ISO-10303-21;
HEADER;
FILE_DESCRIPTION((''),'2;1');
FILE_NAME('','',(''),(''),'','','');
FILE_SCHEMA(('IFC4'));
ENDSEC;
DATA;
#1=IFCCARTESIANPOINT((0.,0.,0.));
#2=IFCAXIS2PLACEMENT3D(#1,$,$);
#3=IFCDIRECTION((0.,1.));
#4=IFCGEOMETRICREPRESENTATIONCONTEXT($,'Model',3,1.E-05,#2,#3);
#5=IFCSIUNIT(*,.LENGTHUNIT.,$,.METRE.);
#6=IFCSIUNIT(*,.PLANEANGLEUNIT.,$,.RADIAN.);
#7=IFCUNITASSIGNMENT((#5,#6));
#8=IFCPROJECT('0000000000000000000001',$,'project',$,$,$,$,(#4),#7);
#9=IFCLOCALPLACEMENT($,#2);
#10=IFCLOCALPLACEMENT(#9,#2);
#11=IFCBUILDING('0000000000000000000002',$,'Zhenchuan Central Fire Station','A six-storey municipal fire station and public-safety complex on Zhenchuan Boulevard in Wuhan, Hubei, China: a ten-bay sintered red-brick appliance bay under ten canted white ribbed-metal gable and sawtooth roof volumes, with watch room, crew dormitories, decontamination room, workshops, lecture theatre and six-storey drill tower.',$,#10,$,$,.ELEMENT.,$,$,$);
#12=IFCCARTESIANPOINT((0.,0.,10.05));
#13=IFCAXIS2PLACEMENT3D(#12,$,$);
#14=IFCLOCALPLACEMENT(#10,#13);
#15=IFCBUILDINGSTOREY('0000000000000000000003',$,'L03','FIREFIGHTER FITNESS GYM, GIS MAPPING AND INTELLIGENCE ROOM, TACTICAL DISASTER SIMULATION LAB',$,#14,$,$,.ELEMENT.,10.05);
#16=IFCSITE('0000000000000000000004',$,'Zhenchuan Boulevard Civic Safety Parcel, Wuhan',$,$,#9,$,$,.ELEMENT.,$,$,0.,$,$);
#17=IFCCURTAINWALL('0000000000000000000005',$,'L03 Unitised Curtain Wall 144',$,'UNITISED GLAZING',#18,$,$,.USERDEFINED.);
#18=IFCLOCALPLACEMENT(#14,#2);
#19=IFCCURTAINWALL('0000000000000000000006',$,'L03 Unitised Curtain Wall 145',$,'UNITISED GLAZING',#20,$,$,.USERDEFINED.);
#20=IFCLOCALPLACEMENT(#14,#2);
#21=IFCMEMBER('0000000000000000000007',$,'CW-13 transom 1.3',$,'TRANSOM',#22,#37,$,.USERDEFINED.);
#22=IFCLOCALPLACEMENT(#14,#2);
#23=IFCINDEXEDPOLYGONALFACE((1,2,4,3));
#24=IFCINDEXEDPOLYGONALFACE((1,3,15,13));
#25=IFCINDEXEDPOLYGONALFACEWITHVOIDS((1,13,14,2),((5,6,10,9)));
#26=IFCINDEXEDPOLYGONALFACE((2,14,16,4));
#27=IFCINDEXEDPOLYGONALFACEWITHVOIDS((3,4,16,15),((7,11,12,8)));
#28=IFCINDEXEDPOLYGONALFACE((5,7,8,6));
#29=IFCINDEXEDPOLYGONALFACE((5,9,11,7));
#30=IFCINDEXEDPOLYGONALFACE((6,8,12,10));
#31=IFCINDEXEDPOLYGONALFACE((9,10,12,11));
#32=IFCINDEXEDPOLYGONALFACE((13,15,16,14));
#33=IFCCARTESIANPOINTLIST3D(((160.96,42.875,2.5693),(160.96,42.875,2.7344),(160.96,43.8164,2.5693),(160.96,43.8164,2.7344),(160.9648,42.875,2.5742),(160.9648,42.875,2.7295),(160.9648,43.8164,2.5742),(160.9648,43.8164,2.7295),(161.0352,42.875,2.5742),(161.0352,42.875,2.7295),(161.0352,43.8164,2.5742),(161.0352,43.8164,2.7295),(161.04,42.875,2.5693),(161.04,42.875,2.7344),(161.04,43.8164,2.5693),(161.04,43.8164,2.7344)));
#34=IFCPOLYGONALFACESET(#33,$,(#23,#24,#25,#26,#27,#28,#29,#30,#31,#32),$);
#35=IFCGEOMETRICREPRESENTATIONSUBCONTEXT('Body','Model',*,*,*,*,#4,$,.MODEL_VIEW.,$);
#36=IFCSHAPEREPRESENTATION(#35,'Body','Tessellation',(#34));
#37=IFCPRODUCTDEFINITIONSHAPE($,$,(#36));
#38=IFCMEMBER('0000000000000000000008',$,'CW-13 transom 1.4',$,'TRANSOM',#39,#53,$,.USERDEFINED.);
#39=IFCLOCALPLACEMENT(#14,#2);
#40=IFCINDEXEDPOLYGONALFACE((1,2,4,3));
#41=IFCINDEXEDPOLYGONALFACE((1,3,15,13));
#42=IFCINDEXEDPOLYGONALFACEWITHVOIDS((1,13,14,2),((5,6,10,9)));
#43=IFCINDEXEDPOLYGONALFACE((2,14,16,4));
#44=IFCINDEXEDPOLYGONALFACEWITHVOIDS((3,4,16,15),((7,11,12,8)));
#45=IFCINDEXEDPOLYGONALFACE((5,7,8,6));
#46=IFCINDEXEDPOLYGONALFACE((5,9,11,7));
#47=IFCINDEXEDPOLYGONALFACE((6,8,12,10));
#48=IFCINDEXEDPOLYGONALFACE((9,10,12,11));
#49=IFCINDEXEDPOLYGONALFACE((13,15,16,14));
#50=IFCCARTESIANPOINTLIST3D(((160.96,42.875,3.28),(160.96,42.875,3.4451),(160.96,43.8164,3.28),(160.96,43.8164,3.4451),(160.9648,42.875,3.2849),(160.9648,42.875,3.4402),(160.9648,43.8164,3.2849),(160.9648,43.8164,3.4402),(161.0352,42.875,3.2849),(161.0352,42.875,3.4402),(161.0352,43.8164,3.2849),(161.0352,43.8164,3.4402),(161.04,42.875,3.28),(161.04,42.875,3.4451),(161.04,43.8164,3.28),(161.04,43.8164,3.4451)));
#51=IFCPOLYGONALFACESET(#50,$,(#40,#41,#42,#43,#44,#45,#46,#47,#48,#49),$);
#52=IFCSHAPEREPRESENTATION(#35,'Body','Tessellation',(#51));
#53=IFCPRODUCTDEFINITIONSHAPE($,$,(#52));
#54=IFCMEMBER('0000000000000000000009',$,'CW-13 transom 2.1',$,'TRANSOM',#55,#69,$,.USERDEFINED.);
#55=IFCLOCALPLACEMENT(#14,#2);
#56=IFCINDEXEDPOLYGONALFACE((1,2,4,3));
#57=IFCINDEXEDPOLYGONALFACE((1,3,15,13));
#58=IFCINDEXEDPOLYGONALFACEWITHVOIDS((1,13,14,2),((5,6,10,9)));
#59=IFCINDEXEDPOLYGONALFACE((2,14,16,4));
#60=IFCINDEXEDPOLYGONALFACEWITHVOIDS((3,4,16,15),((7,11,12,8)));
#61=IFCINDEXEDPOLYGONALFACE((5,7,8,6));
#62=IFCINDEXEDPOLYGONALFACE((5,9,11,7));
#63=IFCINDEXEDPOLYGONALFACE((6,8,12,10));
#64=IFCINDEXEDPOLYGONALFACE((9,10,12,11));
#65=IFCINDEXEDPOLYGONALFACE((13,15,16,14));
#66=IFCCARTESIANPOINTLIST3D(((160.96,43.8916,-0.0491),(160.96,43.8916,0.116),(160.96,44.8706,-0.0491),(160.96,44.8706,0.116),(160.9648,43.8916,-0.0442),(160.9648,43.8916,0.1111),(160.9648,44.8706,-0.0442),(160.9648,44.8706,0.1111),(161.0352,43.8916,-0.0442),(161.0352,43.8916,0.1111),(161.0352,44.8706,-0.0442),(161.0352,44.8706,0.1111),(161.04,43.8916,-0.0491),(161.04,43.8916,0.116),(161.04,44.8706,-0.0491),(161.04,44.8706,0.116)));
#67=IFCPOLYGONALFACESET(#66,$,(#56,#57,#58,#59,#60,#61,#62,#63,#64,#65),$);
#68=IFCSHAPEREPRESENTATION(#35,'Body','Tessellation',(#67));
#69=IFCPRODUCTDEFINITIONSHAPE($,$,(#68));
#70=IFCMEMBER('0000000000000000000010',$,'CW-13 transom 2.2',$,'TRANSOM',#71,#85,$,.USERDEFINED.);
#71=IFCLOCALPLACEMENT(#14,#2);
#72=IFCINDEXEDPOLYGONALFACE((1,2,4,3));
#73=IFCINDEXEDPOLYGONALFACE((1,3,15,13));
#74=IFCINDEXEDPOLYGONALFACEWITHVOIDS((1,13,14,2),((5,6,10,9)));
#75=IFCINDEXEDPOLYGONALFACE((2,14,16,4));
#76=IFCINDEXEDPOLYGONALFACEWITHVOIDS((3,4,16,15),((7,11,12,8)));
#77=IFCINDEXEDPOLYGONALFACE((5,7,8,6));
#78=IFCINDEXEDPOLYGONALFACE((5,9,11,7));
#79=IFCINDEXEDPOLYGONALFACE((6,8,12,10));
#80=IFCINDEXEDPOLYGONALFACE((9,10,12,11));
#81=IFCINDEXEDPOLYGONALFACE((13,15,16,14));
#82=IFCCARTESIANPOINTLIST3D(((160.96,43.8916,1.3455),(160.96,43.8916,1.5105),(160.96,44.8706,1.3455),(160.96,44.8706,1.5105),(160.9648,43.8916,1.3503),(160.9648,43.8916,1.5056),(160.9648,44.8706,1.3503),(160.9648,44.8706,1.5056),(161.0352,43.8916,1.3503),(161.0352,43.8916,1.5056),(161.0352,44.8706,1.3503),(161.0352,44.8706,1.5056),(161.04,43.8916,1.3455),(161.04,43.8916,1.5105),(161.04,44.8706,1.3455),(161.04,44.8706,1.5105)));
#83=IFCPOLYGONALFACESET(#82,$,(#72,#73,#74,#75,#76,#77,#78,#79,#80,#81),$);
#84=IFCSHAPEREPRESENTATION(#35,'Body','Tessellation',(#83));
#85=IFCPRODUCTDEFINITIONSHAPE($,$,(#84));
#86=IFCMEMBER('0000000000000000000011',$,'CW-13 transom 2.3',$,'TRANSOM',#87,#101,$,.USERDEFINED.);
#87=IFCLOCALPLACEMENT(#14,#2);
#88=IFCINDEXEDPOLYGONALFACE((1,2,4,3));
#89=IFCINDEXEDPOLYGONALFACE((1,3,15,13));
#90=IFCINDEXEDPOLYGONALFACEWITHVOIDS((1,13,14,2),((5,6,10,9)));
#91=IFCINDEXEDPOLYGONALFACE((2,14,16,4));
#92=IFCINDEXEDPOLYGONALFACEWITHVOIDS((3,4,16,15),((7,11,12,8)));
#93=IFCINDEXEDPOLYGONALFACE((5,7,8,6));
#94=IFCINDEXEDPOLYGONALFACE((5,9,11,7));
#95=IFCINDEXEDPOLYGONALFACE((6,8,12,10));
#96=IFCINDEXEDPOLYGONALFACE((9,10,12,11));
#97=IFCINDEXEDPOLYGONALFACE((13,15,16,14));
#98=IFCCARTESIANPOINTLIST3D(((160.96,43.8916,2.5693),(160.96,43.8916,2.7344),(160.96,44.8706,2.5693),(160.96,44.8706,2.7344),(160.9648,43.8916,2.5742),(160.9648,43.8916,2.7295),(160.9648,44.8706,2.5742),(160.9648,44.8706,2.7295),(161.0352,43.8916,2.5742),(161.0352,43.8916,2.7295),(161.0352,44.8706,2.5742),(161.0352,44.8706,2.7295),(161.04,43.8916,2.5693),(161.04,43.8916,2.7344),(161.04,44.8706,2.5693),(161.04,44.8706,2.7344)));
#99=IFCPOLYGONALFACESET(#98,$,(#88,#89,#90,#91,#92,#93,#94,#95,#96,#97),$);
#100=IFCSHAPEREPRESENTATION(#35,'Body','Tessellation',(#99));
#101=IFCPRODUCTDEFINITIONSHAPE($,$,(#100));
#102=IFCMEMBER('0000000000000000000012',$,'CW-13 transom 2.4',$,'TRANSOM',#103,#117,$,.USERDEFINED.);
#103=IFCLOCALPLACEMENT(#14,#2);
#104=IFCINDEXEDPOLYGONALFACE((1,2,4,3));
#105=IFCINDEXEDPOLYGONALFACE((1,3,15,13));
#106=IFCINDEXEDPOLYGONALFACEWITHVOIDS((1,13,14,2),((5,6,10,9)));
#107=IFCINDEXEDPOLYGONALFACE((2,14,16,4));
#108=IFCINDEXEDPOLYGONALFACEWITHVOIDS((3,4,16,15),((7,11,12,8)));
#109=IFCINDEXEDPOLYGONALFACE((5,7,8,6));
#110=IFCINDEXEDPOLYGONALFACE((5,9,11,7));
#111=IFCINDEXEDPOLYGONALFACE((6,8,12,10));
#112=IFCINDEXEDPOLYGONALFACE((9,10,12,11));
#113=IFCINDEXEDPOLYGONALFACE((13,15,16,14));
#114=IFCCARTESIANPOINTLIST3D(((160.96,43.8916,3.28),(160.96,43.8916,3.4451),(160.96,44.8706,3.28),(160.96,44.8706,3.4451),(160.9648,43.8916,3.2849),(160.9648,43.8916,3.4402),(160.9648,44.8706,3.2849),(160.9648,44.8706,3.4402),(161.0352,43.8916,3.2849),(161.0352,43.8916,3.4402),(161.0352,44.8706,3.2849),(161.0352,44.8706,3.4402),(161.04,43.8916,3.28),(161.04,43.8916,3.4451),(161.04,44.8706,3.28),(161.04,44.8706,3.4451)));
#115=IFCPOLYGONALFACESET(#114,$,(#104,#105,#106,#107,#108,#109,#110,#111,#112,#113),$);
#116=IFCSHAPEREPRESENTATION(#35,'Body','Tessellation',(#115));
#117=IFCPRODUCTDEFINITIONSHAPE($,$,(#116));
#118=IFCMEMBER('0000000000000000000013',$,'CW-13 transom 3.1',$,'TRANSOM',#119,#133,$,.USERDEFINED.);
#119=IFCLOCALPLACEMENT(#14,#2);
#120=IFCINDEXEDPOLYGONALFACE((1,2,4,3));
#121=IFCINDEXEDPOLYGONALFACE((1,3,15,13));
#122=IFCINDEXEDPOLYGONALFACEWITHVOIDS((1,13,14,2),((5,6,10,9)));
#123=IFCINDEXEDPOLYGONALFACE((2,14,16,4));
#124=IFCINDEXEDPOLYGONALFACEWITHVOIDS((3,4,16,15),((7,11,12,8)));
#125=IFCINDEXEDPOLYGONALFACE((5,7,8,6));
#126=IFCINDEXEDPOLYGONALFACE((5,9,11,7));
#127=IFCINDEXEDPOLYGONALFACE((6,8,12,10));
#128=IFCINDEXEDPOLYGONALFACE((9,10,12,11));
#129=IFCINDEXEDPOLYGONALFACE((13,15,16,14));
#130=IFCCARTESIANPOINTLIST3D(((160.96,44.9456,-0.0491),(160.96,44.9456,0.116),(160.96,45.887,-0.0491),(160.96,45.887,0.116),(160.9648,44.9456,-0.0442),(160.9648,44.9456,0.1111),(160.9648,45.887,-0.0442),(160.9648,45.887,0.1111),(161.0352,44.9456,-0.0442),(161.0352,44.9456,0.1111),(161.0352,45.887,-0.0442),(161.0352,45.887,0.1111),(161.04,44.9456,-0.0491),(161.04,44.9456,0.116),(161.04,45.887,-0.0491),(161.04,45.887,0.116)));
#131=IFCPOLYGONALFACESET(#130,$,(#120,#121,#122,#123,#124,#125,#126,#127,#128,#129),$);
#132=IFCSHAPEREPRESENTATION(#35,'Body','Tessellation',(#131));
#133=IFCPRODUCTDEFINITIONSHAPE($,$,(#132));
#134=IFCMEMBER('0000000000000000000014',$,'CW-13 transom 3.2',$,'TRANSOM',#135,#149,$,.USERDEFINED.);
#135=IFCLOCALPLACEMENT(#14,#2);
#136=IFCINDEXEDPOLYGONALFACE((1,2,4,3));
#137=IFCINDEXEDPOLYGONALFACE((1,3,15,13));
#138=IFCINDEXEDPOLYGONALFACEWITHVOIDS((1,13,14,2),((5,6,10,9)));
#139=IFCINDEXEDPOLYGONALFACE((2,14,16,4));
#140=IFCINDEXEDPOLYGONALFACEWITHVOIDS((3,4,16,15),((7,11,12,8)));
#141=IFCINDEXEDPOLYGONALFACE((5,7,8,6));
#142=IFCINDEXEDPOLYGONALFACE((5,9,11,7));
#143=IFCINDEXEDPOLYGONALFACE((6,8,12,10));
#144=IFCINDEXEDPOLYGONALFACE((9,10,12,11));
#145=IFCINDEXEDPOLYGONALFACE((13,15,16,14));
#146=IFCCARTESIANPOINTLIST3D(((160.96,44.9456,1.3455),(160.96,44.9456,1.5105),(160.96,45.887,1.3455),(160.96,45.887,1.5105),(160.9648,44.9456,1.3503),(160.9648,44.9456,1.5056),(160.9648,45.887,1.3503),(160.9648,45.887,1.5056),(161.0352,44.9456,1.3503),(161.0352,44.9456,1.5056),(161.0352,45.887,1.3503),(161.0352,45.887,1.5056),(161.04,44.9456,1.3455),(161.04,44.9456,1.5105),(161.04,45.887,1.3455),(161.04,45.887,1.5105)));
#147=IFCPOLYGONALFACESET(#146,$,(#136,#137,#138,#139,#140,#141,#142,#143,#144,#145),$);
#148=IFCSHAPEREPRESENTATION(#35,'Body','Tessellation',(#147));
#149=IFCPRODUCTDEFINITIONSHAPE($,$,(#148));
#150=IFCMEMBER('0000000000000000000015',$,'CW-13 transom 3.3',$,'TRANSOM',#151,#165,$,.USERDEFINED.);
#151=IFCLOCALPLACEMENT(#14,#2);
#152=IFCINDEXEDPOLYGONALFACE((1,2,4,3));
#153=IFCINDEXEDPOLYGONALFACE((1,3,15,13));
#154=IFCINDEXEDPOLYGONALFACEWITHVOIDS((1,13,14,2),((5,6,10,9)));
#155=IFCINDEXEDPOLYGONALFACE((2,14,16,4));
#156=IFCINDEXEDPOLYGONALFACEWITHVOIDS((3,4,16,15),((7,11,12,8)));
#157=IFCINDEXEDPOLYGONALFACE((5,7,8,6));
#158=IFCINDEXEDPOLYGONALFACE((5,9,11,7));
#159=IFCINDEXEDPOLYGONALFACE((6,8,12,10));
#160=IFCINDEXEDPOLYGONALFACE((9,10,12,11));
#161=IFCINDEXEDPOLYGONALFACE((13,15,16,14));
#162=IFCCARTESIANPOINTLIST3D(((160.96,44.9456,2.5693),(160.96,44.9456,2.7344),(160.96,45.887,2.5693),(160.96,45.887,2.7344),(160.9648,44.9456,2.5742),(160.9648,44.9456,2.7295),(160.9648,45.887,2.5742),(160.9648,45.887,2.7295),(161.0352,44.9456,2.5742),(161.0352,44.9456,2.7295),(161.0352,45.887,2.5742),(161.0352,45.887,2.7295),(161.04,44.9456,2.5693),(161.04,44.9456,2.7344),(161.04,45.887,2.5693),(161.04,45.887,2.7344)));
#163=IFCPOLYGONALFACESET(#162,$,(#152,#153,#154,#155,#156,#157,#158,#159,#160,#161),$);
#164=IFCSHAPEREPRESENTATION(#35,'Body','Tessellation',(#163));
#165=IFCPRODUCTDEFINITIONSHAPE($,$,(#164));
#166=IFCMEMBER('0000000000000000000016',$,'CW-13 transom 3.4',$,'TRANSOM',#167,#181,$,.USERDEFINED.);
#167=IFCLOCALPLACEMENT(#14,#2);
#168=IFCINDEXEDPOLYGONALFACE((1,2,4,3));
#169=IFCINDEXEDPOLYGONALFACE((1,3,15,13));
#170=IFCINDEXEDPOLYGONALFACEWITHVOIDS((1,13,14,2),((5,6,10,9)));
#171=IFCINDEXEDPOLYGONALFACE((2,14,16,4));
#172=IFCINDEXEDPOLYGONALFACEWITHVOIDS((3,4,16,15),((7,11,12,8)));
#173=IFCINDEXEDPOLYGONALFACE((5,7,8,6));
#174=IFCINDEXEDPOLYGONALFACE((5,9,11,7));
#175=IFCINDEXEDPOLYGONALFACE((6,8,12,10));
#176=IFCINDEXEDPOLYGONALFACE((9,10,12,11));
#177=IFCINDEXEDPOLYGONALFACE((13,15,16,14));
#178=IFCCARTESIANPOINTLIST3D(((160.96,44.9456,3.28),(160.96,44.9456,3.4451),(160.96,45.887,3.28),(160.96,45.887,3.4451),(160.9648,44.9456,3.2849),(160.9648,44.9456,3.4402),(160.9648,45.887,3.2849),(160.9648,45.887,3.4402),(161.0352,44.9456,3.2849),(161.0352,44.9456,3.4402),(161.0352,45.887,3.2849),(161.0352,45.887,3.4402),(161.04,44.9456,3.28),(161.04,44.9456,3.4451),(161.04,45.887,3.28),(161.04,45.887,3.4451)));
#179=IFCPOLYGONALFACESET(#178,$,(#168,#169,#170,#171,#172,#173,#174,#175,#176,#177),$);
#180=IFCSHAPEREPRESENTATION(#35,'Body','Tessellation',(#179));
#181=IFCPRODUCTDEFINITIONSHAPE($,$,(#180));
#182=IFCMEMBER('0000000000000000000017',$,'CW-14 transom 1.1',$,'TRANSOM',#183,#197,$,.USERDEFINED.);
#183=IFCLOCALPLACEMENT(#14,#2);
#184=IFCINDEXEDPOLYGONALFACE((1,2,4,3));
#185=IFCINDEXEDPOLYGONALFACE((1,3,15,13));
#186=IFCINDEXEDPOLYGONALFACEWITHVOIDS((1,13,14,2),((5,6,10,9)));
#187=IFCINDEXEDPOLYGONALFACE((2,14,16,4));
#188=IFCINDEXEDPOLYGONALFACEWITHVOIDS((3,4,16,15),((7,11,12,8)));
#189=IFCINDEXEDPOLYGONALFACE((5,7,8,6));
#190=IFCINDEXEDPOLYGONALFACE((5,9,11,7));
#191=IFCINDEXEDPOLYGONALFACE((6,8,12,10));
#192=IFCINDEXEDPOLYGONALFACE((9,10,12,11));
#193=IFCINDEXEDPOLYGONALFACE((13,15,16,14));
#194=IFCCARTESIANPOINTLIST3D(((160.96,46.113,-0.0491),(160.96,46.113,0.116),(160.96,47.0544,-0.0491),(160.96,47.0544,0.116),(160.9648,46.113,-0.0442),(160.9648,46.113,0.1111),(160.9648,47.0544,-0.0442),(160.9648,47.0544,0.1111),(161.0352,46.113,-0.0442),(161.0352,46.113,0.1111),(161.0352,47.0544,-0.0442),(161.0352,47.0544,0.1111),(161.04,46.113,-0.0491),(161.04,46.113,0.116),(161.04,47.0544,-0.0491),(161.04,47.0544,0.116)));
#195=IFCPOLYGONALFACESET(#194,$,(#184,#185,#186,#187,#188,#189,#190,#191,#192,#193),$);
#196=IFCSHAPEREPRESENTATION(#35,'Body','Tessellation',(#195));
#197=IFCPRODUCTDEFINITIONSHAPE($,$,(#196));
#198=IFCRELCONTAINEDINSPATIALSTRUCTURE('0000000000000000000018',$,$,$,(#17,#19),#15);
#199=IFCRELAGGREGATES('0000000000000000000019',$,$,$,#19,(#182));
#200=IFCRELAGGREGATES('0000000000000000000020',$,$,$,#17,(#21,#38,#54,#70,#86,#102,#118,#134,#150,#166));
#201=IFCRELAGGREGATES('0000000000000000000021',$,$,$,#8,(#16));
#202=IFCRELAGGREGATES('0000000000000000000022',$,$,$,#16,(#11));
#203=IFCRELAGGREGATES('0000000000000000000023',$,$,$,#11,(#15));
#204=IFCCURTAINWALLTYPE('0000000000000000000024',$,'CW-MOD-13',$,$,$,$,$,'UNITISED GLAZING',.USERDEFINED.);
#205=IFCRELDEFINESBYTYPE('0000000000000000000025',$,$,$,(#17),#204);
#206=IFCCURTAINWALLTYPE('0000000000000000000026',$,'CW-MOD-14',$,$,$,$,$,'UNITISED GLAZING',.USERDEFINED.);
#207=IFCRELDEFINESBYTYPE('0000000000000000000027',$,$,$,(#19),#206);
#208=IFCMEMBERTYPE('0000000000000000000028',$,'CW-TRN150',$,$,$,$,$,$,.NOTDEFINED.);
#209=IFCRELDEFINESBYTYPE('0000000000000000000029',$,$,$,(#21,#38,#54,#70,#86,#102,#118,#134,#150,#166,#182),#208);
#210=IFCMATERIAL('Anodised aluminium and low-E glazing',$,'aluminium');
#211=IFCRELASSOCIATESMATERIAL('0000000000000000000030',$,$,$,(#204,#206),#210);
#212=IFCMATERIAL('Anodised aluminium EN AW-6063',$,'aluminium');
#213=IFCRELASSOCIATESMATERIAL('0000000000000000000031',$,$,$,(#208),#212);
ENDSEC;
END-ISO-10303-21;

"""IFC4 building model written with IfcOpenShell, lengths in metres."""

from ifc_helpers import new_model, si_unit, direction, frame, origin, origin_2d, place, context, subcontext, project, spatial, hollow_rectangle, extrude, material, material_profile, profile_set, type_object, element, aggregate, save


model = new_model("IFC4")

# Units and contexts
model_context = context("Model", 3, precision=1e-05, world=origin(), true_north=direction((0.0, 1.0)))
body_context = subcontext(model_context, "Body", "Model", "MODEL_VIEW")
ifc_project = project(units=[si_unit("LENGTHUNIT", "METRE"), si_unit("PLANEANGLEUNIT", "RADIAN")], contexts=[model_context])

# Site, building, storey
site_placement = place(None, origin())
site = spatial("IfcSite", under=ifc_project, at=site_placement, Name="Zhenchuan Boulevard Civic Safety Parcel, Wuhan", CompositionType="ELEMENT", RefElevation=0.0)
building_placement = place(site_placement, origin())
building = spatial("IfcBuilding", under=site, at=building_placement, Name="Zhenchuan Central Fire Station", Description="A six-storey municipal fire station and public-safety complex on Zhenchuan Boulevard in Wuhan, Hubei, China: a ten-bay sintered red-brick appliance bay under ten canted white ribbed-metal gable and sawtooth roof volumes, with watch room, crew dormitories, decontamination room, workshops, lecture theatre and six-storey drill tower.", CompositionType="ELEMENT")
storey_placement = place(building_placement, frame((0.0, 0.0, 10.05)))
storey = spatial("IfcBuildingStorey", under=building, at=storey_placement, Name="L03", Description="FIREFIGHTER FITNESS GYM, GIS MAPPING AND INTELLIGENCE ROOM, TACTICAL DISASTER SIMULATION LAB", CompositionType="ELEMENT", Elevation=10.05)

# Curtain wall
ifc_material_1 = material(Name="Anodised aluminium and low-E glazing", Category="aluminium")
curtain_wall_type_1 = type_object("IfcCurtainWallType", Name="CW-MOD-13", ElementType="UNITISED GLAZING", PredefinedType="USERDEFINED", material=ifc_material_1)
curtain_wall_1_placement = place(storey_placement, origin())
curtain_wall_1 = element("IfcCurtainWall", 1, at=curtain_wall_1_placement, inside=storey, type_object=curtain_wall_type_1, Name="L03 Unitised Curtain Wall 144", ObjectType="UNITISED GLAZING", PredefinedType="USERDEFINED")
ifc_material_2 = material(Name="Anodised aluminium EN AW-6063", Category="aluminium")

# Curtain wall
curtain_wall_type_2 = type_object("IfcCurtainWallType", Name="CW-MOD-14", ElementType="UNITISED GLAZING", PredefinedType="USERDEFINED", material=ifc_material_1)
curtain_wall_2_placement = place(storey_placement, origin())
curtain_wall_2 = element("IfcCurtainWall", 2, at=curtain_wall_2_placement, inside=storey, type_object=curtain_wall_type_2, Name="L03 Unitised Curtain Wall 145", ObjectType="UNITISED GLAZING", PredefinedType="USERDEFINED")

# Members
ifc_material_profile_1 = material_profile(ifc_material_2, hollow_rectangle(XDim=0.0801, YDim=0.165, WallThickness=0.0049, at=origin_2d()), Name="ALU-T 165x80")
ifc_profile_set_1 = profile_set([ifc_material_profile_1], Name="Anodised aluminium EN AW-6063")
member_type_1 = type_object("IfcMemberType", Name="CW-TRN150", PredefinedType="NOTDEFINED", material=ifc_profile_set_1)
member_1_placement = place(storey_placement, frame((161.0, 42.875, 2.6519), z_axis=(0.0, 1.0, 0.0), x_axis=(-1.0, 0.0, 0.0)))
member_1 = element("IfcMember", 3, at=member_1_placement, type_object=member_type_1, Name="CW-13 transom 1.3", ObjectType="TRANSOM", PredefinedType="USERDEFINED", context=body_context, shape_type="SweptSolid", body=[
    extrude(hollow_rectangle(XDim=0.0801, YDim=0.165, WallThickness=0.0049, at=origin_2d()), origin(), (0.0, 0.0, 1.0), 0.9414),
])
member_2_placement = place(storey_placement, frame((161.0, 42.875, 3.3625), z_axis=(0.0, 1.0, 0.0), x_axis=(-1.0, 0.0, 0.0)))
member_2 = element("IfcMember", 4, at=member_2_placement, type_object=member_type_1, Name="CW-13 transom 1.4", ObjectType="TRANSOM", PredefinedType="USERDEFINED", context=body_context, shape_type="SweptSolid", body=[
    extrude(hollow_rectangle(XDim=0.0801, YDim=0.165, WallThickness=0.0049, at=origin_2d()), origin(), (0.0, 0.0, 1.0), 0.9414),
])
member_3_placement = place(storey_placement, frame((161.0, 43.8916, 0.0334), z_axis=(0.0, 1.0, 0.0), x_axis=(-1.0, 0.0, 0.0)))
member_3 = element("IfcMember", 5, at=member_3_placement, type_object=member_type_1, Name="CW-13 transom 2.1", ObjectType="TRANSOM", PredefinedType="USERDEFINED", context=body_context, shape_type="SweptSolid", body=[
    extrude(hollow_rectangle(XDim=0.0801, YDim=0.165, WallThickness=0.0049, at=origin_2d()), origin(), (0.0, 0.0, 1.0), 0.979),
])
member_4_placement = place(storey_placement, frame((161.0, 43.8916, 1.428), z_axis=(0.0, 1.0, 0.0), x_axis=(-1.0, 0.0, 0.0)))
member_4 = element("IfcMember", 6, at=member_4_placement, type_object=member_type_1, Name="CW-13 transom 2.2", ObjectType="TRANSOM", PredefinedType="USERDEFINED", context=body_context, shape_type="SweptSolid", body=[
    extrude(hollow_rectangle(XDim=0.0801, YDim=0.165, WallThickness=0.0049, at=origin_2d()), origin(), (0.0, 0.0, 1.0), 0.979),
])
member_5_placement = place(storey_placement, frame((161.0, 43.8916, 2.6519), z_axis=(0.0, 1.0, 0.0), x_axis=(-1.0, 0.0, 0.0)))
member_5 = element("IfcMember", 7, at=member_5_placement, type_object=member_type_1, Name="CW-13 transom 2.3", ObjectType="TRANSOM", PredefinedType="USERDEFINED", context=body_context, shape_type="SweptSolid", body=[
    extrude(hollow_rectangle(XDim=0.0801, YDim=0.165, WallThickness=0.0049, at=origin_2d()), origin(), (0.0, 0.0, 1.0), 0.979),
])
member_6_placement = place(storey_placement, frame((161.0, 43.8916, 3.3625), z_axis=(0.0, 1.0, 0.0), x_axis=(-1.0, 0.0, 0.0)))
member_6 = element("IfcMember", 8, at=member_6_placement, type_object=member_type_1, Name="CW-13 transom 2.4", ObjectType="TRANSOM", PredefinedType="USERDEFINED", context=body_context, shape_type="SweptSolid", body=[
    extrude(hollow_rectangle(XDim=0.0801, YDim=0.165, WallThickness=0.0049, at=origin_2d()), origin(), (0.0, 0.0, 1.0), 0.979),
])
member_7_placement = place(storey_placement, frame((161.0, 44.9456, 0.0334), z_axis=(0.0, 1.0, 0.0), x_axis=(-1.0, 0.0, 0.0)))
member_7 = element("IfcMember", 9, at=member_7_placement, type_object=member_type_1, Name="CW-13 transom 3.1", ObjectType="TRANSOM", PredefinedType="USERDEFINED", context=body_context, shape_type="SweptSolid", body=[
    extrude(hollow_rectangle(XDim=0.0801, YDim=0.165, WallThickness=0.0049, at=origin_2d()), origin(), (0.0, 0.0, 1.0), 0.9414),
])
member_8_placement = place(storey_placement, frame((161.0, 44.9456, 1.428), z_axis=(0.0, 1.0, 0.0), x_axis=(-1.0, 0.0, 0.0)))
member_8 = element("IfcMember", 10, at=member_8_placement, type_object=member_type_1, Name="CW-13 transom 3.2", ObjectType="TRANSOM", PredefinedType="USERDEFINED", context=body_context, shape_type="SweptSolid", body=[
    extrude(hollow_rectangle(XDim=0.0801, YDim=0.165, WallThickness=0.0049, at=origin_2d()), origin(), (0.0, 0.0, 1.0), 0.9414),
])
member_9_placement = place(storey_placement, frame((161.0, 44.9456, 2.6519), z_axis=(0.0, 1.0, 0.0), x_axis=(-1.0, 0.0, 0.0)))
member_9 = element("IfcMember", 11, at=member_9_placement, type_object=member_type_1, Name="CW-13 transom 3.3", ObjectType="TRANSOM", PredefinedType="USERDEFINED", context=body_context, shape_type="SweptSolid", body=[
    extrude(hollow_rectangle(XDim=0.0801, YDim=0.165, WallThickness=0.0049, at=origin_2d()), origin(), (0.0, 0.0, 1.0), 0.9414),
])
member_10_placement = place(storey_placement, frame((161.0, 44.9456, 3.3625), z_axis=(0.0, 1.0, 0.0), x_axis=(-1.0, 0.0, 0.0)))
member_10 = element("IfcMember", 12, at=member_10_placement, type_object=member_type_1, Name="CW-13 transom 3.4", ObjectType="TRANSOM", PredefinedType="USERDEFINED", context=body_context, shape_type="SweptSolid", body=[
    extrude(hollow_rectangle(XDim=0.0801, YDim=0.165, WallThickness=0.0049, at=origin_2d()), origin(), (0.0, 0.0, 1.0), 0.9414),
])
member_11_placement = place(storey_placement, frame((161.0, 46.113, 0.0334), z_axis=(0.0, 1.0, 0.0), x_axis=(-1.0, 0.0, 0.0)))
member_11 = element("IfcMember", 13, at=member_11_placement, type_object=member_type_1, Name="CW-14 transom 1.1", ObjectType="TRANSOM", PredefinedType="USERDEFINED", context=body_context, shape_type="SweptSolid", body=[
    extrude(hollow_rectangle(XDim=0.0801, YDim=0.165, WallThickness=0.0049, at=origin_2d()), origin(), (0.0, 0.0, 1.0), 0.9414),
])
aggregate(curtain_wall_2, [member_11])

aggregate(curtain_wall_1, [member_1, member_2, member_3, member_4, member_5, member_6, member_7, member_8, member_9, member_10])

save(model, "model.ifc")
